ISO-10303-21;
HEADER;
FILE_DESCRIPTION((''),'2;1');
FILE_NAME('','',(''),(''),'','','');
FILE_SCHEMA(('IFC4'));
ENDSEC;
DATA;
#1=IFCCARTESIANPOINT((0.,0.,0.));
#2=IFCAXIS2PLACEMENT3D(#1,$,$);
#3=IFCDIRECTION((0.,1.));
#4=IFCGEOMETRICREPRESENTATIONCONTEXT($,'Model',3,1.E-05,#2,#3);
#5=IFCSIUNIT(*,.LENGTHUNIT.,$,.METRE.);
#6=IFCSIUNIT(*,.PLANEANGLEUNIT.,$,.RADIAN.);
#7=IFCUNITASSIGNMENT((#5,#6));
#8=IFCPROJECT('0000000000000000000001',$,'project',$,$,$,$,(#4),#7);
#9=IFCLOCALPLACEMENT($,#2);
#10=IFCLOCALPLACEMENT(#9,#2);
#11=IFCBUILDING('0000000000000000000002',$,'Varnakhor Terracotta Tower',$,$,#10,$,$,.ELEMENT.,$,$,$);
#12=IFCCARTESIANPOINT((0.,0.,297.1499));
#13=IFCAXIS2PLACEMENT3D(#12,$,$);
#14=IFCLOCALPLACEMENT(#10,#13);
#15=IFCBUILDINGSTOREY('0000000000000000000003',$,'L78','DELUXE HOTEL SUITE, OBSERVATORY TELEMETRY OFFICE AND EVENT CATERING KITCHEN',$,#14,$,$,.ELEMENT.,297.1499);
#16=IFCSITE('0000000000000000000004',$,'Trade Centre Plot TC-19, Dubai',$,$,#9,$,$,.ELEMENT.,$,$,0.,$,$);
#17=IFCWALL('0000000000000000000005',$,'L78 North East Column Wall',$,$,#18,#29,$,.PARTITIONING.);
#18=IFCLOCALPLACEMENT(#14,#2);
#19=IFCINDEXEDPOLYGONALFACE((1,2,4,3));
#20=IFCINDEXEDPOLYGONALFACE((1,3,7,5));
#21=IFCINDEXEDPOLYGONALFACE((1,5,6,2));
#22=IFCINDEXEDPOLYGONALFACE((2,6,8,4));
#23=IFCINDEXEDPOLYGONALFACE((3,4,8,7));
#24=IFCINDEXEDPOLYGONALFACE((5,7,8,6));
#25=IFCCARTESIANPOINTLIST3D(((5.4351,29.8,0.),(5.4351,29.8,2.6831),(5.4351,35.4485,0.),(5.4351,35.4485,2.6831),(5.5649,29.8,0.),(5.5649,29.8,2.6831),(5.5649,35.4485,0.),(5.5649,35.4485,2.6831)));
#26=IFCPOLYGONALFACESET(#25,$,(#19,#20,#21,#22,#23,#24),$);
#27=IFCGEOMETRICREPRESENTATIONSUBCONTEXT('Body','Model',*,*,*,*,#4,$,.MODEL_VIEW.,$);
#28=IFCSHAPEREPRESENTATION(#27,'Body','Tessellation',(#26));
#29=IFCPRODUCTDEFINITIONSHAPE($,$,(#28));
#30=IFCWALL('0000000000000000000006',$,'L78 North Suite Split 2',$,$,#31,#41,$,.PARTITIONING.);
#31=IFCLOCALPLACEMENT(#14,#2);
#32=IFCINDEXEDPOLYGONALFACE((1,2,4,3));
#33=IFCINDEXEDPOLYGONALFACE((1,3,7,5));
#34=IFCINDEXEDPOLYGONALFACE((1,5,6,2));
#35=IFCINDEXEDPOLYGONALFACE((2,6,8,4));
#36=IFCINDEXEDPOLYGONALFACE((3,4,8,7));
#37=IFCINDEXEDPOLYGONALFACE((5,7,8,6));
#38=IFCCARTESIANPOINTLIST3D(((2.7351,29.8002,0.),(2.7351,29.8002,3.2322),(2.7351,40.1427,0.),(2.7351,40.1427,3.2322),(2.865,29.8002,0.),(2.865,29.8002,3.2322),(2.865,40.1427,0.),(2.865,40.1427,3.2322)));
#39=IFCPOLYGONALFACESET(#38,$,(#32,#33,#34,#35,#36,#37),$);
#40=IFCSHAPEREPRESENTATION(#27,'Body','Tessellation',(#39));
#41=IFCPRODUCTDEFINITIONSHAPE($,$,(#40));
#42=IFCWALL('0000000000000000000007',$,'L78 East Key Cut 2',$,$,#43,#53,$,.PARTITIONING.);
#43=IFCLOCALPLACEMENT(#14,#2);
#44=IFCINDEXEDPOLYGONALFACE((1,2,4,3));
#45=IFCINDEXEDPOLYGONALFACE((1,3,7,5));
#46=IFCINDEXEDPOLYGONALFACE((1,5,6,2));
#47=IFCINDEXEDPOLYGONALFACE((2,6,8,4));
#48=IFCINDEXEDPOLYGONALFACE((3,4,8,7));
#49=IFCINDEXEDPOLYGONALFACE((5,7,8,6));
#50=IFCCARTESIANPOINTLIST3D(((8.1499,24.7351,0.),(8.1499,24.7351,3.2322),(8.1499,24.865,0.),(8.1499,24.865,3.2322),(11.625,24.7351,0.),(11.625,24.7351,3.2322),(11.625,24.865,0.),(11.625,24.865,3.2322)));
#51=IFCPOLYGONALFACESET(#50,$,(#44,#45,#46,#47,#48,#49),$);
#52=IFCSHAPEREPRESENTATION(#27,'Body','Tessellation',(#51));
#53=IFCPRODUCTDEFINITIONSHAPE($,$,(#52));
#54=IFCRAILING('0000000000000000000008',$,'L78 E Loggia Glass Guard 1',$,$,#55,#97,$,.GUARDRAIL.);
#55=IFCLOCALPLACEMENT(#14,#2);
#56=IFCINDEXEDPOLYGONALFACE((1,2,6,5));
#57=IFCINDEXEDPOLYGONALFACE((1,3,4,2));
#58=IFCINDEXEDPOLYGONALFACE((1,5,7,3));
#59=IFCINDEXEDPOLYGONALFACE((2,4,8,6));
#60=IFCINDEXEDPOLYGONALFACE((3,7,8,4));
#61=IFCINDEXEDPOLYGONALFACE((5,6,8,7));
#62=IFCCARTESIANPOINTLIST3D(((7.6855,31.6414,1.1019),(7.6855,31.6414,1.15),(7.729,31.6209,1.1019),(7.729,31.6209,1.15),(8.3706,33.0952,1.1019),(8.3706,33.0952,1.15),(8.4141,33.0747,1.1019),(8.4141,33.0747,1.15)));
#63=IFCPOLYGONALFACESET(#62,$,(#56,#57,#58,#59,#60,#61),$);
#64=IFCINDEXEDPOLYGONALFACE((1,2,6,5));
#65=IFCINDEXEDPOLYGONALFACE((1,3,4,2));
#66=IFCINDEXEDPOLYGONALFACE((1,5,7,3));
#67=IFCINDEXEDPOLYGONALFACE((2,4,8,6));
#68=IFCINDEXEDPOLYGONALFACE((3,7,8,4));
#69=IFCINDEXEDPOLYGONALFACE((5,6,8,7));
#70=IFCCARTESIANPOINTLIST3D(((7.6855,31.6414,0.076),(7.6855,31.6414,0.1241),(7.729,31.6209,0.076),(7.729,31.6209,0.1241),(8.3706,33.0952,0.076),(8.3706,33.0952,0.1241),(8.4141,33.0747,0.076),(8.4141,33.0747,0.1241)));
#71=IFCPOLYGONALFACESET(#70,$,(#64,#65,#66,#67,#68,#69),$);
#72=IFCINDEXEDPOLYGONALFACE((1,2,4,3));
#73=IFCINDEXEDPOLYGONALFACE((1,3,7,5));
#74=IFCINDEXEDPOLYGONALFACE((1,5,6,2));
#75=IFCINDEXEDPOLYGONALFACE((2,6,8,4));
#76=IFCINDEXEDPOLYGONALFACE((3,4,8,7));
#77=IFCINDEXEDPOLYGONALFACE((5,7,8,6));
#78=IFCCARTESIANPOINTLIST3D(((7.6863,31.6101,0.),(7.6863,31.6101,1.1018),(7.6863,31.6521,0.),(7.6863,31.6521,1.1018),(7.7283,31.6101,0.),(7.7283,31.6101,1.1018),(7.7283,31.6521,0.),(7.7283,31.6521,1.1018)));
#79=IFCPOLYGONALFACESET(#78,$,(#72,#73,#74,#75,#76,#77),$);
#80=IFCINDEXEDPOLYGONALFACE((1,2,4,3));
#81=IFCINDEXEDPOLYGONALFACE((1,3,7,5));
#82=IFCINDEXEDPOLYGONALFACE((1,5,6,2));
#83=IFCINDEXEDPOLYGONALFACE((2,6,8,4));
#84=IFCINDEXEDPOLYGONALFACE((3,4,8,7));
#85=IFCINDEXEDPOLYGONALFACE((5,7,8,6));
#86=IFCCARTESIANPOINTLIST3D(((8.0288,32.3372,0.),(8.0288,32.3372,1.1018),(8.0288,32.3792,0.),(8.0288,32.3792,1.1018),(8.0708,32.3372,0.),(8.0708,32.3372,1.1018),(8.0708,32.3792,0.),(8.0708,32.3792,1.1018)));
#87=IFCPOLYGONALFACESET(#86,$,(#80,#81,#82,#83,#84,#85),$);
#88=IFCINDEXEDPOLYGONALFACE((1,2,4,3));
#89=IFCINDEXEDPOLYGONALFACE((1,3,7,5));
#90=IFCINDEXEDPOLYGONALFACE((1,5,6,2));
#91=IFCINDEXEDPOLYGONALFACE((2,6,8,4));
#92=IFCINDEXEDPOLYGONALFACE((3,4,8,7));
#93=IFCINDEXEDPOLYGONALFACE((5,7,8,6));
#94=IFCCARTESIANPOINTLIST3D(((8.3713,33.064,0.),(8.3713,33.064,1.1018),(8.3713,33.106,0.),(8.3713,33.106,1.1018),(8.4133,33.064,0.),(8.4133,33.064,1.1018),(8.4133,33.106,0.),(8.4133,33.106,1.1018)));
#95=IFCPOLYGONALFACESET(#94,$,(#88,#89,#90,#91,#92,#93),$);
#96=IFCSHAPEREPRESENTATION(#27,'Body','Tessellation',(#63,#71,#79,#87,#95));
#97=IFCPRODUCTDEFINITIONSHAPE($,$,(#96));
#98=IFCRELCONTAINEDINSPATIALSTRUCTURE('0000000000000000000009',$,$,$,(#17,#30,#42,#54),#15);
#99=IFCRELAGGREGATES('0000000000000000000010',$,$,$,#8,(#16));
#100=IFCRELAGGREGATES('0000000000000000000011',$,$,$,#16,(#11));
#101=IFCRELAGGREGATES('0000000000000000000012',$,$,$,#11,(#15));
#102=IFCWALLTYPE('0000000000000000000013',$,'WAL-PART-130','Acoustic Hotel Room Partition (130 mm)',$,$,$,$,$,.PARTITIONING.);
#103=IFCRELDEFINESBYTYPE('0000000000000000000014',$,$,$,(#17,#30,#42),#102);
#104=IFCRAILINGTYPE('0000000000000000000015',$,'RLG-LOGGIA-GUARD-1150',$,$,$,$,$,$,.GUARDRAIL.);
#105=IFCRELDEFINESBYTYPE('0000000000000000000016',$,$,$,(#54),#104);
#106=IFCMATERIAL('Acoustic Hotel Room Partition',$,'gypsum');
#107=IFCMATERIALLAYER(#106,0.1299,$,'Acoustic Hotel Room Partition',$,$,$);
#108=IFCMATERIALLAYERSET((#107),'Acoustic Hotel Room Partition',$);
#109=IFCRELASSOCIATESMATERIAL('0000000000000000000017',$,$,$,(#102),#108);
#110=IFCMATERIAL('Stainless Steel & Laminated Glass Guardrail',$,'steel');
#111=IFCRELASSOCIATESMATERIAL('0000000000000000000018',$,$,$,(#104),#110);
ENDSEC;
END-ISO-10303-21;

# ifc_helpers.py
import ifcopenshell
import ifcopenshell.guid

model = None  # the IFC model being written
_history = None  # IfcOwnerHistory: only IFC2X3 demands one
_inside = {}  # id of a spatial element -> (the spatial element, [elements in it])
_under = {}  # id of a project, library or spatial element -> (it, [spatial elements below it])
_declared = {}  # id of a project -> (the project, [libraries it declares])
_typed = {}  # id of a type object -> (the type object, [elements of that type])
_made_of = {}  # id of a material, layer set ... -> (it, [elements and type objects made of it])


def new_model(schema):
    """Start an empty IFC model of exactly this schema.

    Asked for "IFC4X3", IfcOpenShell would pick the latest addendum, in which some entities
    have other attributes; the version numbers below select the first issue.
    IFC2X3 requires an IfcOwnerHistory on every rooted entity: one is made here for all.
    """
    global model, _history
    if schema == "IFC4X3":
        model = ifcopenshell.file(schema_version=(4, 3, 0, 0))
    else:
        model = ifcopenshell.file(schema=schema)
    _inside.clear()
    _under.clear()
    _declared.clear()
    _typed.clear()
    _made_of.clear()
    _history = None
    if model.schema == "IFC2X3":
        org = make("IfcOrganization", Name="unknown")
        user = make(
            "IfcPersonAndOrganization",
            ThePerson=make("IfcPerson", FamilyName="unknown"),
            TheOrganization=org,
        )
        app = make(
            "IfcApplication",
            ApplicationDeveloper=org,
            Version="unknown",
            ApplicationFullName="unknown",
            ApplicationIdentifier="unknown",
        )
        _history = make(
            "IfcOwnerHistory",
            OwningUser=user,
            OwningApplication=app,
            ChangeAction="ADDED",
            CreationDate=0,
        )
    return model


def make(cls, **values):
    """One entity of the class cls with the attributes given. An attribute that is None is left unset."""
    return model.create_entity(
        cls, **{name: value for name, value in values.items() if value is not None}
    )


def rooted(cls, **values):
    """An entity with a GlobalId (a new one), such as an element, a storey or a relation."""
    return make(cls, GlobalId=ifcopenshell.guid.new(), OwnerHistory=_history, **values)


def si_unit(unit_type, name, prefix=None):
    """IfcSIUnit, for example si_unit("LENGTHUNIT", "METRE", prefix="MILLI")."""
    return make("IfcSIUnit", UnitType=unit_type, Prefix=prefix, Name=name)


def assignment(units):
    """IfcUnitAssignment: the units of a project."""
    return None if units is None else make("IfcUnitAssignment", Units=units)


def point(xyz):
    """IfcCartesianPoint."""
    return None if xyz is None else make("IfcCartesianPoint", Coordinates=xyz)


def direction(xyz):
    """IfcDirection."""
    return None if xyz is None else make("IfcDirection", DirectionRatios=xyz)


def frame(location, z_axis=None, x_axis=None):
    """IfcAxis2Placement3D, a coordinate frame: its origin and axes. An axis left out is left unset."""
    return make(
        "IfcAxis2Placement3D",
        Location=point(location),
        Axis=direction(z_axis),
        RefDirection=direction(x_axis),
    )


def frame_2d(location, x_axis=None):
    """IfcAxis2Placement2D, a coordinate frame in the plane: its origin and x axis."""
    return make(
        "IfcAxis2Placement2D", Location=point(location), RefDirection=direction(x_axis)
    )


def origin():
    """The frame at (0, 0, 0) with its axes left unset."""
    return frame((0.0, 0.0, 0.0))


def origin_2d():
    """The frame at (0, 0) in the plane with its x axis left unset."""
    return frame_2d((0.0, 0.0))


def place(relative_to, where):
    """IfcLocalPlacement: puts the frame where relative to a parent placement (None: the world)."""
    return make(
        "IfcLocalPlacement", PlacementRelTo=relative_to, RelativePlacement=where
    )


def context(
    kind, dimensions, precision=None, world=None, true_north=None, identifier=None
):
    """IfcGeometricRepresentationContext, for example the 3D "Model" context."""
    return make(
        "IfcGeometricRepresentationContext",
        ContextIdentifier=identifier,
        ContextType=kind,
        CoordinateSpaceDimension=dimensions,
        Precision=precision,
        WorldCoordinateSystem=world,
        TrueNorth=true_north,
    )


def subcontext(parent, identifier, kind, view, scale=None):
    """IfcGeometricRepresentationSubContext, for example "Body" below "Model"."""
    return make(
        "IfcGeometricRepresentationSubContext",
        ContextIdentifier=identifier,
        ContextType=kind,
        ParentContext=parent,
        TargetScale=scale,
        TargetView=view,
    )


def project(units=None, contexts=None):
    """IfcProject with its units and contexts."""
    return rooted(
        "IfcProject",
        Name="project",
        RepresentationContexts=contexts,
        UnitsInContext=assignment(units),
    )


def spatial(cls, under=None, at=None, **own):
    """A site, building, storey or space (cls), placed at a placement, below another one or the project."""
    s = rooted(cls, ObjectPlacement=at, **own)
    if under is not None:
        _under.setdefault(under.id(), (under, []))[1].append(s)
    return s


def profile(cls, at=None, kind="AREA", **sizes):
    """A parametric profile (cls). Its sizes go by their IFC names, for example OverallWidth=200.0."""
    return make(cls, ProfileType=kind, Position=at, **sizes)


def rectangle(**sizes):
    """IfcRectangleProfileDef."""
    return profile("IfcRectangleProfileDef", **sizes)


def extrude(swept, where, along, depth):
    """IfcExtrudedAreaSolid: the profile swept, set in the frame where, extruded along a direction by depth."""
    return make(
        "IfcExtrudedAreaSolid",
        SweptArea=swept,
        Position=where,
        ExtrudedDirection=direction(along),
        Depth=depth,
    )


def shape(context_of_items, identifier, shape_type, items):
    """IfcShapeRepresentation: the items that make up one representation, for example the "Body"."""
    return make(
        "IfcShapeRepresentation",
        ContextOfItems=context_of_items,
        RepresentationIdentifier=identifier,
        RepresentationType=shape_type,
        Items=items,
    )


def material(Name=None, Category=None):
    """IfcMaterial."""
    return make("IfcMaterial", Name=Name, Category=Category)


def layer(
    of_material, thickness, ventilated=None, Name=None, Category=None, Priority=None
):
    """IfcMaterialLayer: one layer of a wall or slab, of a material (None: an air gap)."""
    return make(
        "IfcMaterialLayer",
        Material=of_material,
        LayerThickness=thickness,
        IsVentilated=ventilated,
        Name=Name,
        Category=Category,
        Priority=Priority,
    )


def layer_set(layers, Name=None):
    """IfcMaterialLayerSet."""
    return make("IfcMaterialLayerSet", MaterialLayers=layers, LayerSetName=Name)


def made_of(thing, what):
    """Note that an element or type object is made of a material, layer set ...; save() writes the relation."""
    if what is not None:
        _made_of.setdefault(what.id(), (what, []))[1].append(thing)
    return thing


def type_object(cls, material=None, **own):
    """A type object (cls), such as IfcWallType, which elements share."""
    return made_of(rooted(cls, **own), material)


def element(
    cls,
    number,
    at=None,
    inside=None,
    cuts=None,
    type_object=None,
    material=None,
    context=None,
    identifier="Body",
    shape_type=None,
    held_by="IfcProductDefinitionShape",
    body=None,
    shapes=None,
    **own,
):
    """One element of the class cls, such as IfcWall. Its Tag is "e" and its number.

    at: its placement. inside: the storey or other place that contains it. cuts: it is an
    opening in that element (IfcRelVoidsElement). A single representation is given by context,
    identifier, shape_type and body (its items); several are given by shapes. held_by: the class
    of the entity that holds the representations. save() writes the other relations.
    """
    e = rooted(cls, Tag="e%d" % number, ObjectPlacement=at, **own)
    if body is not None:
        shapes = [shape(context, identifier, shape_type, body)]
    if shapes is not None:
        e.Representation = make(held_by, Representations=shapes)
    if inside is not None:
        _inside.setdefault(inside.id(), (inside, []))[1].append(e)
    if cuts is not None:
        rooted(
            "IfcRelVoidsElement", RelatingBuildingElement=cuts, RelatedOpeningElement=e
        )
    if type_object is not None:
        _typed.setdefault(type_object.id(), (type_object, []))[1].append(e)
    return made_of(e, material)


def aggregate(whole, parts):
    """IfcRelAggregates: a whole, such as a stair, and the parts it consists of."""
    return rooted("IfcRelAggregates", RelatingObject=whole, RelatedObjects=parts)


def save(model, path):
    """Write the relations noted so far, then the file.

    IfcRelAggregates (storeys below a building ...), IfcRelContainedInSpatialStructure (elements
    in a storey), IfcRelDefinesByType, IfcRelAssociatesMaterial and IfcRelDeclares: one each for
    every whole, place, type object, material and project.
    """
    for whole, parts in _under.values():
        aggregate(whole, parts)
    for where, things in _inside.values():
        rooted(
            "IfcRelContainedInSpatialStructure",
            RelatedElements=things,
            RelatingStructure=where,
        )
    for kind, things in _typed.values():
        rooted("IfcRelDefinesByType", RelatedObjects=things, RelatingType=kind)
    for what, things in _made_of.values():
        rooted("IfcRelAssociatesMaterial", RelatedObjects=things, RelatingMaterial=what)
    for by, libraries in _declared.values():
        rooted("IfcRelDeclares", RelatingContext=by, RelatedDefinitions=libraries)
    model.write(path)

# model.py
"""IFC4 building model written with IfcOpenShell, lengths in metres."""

from ifc_helpers import new_model, si_unit, direction, frame, frame_2d, origin, origin_2d, place, context, subcontext, project, spatial, rectangle, extrude, material, layer, layer_set, type_object, element, save


model = new_model("IFC4")

# Units and contexts
model_context = context("Model", 3, precision=1e-05, world=origin(), true_north=direction((0.0, 1.0)))
body_context = subcontext(model_context, "Body", "Model", "MODEL_VIEW")
ifc_project = project(units=[si_unit("LENGTHUNIT", "METRE"), si_unit("PLANEANGLEUNIT", "RADIAN")], contexts=[model_context])

# Site, building, storey
site_placement = place(None, origin())
site = spatial("IfcSite", under=ifc_project, at=site_placement, Name="Trade Centre Plot TC-19, Dubai", CompositionType="ELEMENT", RefElevation=0.0)
building_placement = place(site_placement, origin())
building = spatial("IfcBuilding", under=site, at=building_placement, Name="Varnakhor Terracotta Tower", CompositionType="ELEMENT")
storey_placement = place(building_placement, frame((0.0, 0.0, 297.1499)))
storey = spatial("IfcBuildingStorey", under=building, at=storey_placement, Name="L78", Description="DELUXE HOTEL SUITE, OBSERVATORY TELEMETRY OFFICE AND EVENT CATERING KITCHEN", CompositionType="ELEMENT", Elevation=297.1499)

# Walls
ifc_material_1 = material(Name="Acoustic Hotel Room Partition", Category="gypsum")
ifc_layer_1 = layer(ifc_material_1, 0.1299, Name="Acoustic Hotel Room Partition")
ifc_layer_set_1 = layer_set([ifc_layer_1], Name="Acoustic Hotel Room Partition")
wall_type_1 = type_object("IfcWallType", Name="WAL-PART-130", Description="Acoustic Hotel Room Partition (130 mm)", PredefinedType="PARTITIONING", material=ifc_layer_set_1)
wall_1_placement = place(storey_placement, frame((5.5, 29.8, 0.0), z_axis=(0.0, 0.0, 1.0), x_axis=(0.0, 1.0, 0.0)))
element("IfcWall", 1, at=wall_1_placement, inside=storey, type_object=wall_type_1, Name="L78 North East Column Wall", PredefinedType="PARTITIONING", context=body_context, shape_type="SweptSolid", body=[
    extrude(rectangle(XDim=5.6484, YDim=0.1299, at=frame_2d((2.8242, 0.0))), origin(), (0.0, 0.0, 1.0), 2.6831),
])
wall_2_placement = place(storey_placement, frame((2.8, 29.8, 0.0), z_axis=(0.0, 0.0, 1.0), x_axis=(0.0, 1.0, 0.0)))
element("IfcWall", 2, at=wall_2_placement, inside=storey, type_object=wall_type_1, Name="L78 North Suite Split 2", PredefinedType="PARTITIONING", context=body_context, shape_type="SweptSolid", body=[
    extrude(rectangle(XDim=10.3425, YDim=0.1299, at=frame_2d((5.1714, 0.0))), origin(), (0.0, 0.0, 1.0), 3.2322),
])
wall_3_placement = place(storey_placement, frame((8.1499, 24.8, 0.0), z_axis=(0.0, 0.0, 1.0), x_axis=(1.0, 0.0, 0.0)))
element("IfcWall", 3, at=wall_3_placement, inside=storey, type_object=wall_type_1, Name="L78 East Key Cut 2", PredefinedType="PARTITIONING", context=body_context, shape_type="SweptSolid", body=[
    extrude(rectangle(XDim=3.4751, YDim=0.1299, at=frame_2d((1.7375, 0.0))), origin(), (0.0, 0.0, 1.0), 3.2322),
])

# Railing
ifc_material_2 = material(Name="Stainless Steel & Laminated Glass Guardrail", Category="steel")
railing_type = type_object("IfcRailingType", Name="RLG-LOGGIA-GUARD-1150", PredefinedType="GUARDRAIL", material=ifc_material_2)
railing_1_placement = place(storey_placement, frame((7.7073, 31.6311, 0.0)))
element("IfcRailing", 4, at=railing_1_placement, inside=storey, type_object=railing_type, Name="L78 E Loggia Glass Guard 1", PredefinedType="GUARDRAIL", context=body_context, shape_type="SweptSolid", body=[
    extrude(rectangle(XDim=0.0481, YDim=0.0481, at=origin_2d()), frame((0.0, 0.0, 1.126), z_axis=(0.426251, 0.904605, 0.0), x_axis=(-0.904605, 0.426251, 0.0)), (0.0, 0.0, 1.0), 1.6072),
    extrude(rectangle(XDim=0.0481, YDim=0.0481, at=origin_2d()), frame((0.0, 0.0, 0.1001), z_axis=(0.426251, 0.904605, 0.0), x_axis=(-0.904605, 0.426251, 0.0)), (0.0, 0.0, 1.0), 1.6072),
    extrude(rectangle(XDim=0.042, YDim=0.042, at=origin_2d()), origin(), (0.0, 0.0, 1.0), 1.1018),
    extrude(rectangle(XDim=0.042, YDim=0.042, at=origin_2d()), frame((0.3425, 0.7271, 0.0)), (0.0, 0.0, 1.0), 1.1018),
    extrude(rectangle(XDim=0.042, YDim=0.042, at=origin_2d()), frame((0.6851, 1.4539, 0.0)), (0.0, 0.0, 1.0), 1.1018),
])

save(model, "model.ifc")
